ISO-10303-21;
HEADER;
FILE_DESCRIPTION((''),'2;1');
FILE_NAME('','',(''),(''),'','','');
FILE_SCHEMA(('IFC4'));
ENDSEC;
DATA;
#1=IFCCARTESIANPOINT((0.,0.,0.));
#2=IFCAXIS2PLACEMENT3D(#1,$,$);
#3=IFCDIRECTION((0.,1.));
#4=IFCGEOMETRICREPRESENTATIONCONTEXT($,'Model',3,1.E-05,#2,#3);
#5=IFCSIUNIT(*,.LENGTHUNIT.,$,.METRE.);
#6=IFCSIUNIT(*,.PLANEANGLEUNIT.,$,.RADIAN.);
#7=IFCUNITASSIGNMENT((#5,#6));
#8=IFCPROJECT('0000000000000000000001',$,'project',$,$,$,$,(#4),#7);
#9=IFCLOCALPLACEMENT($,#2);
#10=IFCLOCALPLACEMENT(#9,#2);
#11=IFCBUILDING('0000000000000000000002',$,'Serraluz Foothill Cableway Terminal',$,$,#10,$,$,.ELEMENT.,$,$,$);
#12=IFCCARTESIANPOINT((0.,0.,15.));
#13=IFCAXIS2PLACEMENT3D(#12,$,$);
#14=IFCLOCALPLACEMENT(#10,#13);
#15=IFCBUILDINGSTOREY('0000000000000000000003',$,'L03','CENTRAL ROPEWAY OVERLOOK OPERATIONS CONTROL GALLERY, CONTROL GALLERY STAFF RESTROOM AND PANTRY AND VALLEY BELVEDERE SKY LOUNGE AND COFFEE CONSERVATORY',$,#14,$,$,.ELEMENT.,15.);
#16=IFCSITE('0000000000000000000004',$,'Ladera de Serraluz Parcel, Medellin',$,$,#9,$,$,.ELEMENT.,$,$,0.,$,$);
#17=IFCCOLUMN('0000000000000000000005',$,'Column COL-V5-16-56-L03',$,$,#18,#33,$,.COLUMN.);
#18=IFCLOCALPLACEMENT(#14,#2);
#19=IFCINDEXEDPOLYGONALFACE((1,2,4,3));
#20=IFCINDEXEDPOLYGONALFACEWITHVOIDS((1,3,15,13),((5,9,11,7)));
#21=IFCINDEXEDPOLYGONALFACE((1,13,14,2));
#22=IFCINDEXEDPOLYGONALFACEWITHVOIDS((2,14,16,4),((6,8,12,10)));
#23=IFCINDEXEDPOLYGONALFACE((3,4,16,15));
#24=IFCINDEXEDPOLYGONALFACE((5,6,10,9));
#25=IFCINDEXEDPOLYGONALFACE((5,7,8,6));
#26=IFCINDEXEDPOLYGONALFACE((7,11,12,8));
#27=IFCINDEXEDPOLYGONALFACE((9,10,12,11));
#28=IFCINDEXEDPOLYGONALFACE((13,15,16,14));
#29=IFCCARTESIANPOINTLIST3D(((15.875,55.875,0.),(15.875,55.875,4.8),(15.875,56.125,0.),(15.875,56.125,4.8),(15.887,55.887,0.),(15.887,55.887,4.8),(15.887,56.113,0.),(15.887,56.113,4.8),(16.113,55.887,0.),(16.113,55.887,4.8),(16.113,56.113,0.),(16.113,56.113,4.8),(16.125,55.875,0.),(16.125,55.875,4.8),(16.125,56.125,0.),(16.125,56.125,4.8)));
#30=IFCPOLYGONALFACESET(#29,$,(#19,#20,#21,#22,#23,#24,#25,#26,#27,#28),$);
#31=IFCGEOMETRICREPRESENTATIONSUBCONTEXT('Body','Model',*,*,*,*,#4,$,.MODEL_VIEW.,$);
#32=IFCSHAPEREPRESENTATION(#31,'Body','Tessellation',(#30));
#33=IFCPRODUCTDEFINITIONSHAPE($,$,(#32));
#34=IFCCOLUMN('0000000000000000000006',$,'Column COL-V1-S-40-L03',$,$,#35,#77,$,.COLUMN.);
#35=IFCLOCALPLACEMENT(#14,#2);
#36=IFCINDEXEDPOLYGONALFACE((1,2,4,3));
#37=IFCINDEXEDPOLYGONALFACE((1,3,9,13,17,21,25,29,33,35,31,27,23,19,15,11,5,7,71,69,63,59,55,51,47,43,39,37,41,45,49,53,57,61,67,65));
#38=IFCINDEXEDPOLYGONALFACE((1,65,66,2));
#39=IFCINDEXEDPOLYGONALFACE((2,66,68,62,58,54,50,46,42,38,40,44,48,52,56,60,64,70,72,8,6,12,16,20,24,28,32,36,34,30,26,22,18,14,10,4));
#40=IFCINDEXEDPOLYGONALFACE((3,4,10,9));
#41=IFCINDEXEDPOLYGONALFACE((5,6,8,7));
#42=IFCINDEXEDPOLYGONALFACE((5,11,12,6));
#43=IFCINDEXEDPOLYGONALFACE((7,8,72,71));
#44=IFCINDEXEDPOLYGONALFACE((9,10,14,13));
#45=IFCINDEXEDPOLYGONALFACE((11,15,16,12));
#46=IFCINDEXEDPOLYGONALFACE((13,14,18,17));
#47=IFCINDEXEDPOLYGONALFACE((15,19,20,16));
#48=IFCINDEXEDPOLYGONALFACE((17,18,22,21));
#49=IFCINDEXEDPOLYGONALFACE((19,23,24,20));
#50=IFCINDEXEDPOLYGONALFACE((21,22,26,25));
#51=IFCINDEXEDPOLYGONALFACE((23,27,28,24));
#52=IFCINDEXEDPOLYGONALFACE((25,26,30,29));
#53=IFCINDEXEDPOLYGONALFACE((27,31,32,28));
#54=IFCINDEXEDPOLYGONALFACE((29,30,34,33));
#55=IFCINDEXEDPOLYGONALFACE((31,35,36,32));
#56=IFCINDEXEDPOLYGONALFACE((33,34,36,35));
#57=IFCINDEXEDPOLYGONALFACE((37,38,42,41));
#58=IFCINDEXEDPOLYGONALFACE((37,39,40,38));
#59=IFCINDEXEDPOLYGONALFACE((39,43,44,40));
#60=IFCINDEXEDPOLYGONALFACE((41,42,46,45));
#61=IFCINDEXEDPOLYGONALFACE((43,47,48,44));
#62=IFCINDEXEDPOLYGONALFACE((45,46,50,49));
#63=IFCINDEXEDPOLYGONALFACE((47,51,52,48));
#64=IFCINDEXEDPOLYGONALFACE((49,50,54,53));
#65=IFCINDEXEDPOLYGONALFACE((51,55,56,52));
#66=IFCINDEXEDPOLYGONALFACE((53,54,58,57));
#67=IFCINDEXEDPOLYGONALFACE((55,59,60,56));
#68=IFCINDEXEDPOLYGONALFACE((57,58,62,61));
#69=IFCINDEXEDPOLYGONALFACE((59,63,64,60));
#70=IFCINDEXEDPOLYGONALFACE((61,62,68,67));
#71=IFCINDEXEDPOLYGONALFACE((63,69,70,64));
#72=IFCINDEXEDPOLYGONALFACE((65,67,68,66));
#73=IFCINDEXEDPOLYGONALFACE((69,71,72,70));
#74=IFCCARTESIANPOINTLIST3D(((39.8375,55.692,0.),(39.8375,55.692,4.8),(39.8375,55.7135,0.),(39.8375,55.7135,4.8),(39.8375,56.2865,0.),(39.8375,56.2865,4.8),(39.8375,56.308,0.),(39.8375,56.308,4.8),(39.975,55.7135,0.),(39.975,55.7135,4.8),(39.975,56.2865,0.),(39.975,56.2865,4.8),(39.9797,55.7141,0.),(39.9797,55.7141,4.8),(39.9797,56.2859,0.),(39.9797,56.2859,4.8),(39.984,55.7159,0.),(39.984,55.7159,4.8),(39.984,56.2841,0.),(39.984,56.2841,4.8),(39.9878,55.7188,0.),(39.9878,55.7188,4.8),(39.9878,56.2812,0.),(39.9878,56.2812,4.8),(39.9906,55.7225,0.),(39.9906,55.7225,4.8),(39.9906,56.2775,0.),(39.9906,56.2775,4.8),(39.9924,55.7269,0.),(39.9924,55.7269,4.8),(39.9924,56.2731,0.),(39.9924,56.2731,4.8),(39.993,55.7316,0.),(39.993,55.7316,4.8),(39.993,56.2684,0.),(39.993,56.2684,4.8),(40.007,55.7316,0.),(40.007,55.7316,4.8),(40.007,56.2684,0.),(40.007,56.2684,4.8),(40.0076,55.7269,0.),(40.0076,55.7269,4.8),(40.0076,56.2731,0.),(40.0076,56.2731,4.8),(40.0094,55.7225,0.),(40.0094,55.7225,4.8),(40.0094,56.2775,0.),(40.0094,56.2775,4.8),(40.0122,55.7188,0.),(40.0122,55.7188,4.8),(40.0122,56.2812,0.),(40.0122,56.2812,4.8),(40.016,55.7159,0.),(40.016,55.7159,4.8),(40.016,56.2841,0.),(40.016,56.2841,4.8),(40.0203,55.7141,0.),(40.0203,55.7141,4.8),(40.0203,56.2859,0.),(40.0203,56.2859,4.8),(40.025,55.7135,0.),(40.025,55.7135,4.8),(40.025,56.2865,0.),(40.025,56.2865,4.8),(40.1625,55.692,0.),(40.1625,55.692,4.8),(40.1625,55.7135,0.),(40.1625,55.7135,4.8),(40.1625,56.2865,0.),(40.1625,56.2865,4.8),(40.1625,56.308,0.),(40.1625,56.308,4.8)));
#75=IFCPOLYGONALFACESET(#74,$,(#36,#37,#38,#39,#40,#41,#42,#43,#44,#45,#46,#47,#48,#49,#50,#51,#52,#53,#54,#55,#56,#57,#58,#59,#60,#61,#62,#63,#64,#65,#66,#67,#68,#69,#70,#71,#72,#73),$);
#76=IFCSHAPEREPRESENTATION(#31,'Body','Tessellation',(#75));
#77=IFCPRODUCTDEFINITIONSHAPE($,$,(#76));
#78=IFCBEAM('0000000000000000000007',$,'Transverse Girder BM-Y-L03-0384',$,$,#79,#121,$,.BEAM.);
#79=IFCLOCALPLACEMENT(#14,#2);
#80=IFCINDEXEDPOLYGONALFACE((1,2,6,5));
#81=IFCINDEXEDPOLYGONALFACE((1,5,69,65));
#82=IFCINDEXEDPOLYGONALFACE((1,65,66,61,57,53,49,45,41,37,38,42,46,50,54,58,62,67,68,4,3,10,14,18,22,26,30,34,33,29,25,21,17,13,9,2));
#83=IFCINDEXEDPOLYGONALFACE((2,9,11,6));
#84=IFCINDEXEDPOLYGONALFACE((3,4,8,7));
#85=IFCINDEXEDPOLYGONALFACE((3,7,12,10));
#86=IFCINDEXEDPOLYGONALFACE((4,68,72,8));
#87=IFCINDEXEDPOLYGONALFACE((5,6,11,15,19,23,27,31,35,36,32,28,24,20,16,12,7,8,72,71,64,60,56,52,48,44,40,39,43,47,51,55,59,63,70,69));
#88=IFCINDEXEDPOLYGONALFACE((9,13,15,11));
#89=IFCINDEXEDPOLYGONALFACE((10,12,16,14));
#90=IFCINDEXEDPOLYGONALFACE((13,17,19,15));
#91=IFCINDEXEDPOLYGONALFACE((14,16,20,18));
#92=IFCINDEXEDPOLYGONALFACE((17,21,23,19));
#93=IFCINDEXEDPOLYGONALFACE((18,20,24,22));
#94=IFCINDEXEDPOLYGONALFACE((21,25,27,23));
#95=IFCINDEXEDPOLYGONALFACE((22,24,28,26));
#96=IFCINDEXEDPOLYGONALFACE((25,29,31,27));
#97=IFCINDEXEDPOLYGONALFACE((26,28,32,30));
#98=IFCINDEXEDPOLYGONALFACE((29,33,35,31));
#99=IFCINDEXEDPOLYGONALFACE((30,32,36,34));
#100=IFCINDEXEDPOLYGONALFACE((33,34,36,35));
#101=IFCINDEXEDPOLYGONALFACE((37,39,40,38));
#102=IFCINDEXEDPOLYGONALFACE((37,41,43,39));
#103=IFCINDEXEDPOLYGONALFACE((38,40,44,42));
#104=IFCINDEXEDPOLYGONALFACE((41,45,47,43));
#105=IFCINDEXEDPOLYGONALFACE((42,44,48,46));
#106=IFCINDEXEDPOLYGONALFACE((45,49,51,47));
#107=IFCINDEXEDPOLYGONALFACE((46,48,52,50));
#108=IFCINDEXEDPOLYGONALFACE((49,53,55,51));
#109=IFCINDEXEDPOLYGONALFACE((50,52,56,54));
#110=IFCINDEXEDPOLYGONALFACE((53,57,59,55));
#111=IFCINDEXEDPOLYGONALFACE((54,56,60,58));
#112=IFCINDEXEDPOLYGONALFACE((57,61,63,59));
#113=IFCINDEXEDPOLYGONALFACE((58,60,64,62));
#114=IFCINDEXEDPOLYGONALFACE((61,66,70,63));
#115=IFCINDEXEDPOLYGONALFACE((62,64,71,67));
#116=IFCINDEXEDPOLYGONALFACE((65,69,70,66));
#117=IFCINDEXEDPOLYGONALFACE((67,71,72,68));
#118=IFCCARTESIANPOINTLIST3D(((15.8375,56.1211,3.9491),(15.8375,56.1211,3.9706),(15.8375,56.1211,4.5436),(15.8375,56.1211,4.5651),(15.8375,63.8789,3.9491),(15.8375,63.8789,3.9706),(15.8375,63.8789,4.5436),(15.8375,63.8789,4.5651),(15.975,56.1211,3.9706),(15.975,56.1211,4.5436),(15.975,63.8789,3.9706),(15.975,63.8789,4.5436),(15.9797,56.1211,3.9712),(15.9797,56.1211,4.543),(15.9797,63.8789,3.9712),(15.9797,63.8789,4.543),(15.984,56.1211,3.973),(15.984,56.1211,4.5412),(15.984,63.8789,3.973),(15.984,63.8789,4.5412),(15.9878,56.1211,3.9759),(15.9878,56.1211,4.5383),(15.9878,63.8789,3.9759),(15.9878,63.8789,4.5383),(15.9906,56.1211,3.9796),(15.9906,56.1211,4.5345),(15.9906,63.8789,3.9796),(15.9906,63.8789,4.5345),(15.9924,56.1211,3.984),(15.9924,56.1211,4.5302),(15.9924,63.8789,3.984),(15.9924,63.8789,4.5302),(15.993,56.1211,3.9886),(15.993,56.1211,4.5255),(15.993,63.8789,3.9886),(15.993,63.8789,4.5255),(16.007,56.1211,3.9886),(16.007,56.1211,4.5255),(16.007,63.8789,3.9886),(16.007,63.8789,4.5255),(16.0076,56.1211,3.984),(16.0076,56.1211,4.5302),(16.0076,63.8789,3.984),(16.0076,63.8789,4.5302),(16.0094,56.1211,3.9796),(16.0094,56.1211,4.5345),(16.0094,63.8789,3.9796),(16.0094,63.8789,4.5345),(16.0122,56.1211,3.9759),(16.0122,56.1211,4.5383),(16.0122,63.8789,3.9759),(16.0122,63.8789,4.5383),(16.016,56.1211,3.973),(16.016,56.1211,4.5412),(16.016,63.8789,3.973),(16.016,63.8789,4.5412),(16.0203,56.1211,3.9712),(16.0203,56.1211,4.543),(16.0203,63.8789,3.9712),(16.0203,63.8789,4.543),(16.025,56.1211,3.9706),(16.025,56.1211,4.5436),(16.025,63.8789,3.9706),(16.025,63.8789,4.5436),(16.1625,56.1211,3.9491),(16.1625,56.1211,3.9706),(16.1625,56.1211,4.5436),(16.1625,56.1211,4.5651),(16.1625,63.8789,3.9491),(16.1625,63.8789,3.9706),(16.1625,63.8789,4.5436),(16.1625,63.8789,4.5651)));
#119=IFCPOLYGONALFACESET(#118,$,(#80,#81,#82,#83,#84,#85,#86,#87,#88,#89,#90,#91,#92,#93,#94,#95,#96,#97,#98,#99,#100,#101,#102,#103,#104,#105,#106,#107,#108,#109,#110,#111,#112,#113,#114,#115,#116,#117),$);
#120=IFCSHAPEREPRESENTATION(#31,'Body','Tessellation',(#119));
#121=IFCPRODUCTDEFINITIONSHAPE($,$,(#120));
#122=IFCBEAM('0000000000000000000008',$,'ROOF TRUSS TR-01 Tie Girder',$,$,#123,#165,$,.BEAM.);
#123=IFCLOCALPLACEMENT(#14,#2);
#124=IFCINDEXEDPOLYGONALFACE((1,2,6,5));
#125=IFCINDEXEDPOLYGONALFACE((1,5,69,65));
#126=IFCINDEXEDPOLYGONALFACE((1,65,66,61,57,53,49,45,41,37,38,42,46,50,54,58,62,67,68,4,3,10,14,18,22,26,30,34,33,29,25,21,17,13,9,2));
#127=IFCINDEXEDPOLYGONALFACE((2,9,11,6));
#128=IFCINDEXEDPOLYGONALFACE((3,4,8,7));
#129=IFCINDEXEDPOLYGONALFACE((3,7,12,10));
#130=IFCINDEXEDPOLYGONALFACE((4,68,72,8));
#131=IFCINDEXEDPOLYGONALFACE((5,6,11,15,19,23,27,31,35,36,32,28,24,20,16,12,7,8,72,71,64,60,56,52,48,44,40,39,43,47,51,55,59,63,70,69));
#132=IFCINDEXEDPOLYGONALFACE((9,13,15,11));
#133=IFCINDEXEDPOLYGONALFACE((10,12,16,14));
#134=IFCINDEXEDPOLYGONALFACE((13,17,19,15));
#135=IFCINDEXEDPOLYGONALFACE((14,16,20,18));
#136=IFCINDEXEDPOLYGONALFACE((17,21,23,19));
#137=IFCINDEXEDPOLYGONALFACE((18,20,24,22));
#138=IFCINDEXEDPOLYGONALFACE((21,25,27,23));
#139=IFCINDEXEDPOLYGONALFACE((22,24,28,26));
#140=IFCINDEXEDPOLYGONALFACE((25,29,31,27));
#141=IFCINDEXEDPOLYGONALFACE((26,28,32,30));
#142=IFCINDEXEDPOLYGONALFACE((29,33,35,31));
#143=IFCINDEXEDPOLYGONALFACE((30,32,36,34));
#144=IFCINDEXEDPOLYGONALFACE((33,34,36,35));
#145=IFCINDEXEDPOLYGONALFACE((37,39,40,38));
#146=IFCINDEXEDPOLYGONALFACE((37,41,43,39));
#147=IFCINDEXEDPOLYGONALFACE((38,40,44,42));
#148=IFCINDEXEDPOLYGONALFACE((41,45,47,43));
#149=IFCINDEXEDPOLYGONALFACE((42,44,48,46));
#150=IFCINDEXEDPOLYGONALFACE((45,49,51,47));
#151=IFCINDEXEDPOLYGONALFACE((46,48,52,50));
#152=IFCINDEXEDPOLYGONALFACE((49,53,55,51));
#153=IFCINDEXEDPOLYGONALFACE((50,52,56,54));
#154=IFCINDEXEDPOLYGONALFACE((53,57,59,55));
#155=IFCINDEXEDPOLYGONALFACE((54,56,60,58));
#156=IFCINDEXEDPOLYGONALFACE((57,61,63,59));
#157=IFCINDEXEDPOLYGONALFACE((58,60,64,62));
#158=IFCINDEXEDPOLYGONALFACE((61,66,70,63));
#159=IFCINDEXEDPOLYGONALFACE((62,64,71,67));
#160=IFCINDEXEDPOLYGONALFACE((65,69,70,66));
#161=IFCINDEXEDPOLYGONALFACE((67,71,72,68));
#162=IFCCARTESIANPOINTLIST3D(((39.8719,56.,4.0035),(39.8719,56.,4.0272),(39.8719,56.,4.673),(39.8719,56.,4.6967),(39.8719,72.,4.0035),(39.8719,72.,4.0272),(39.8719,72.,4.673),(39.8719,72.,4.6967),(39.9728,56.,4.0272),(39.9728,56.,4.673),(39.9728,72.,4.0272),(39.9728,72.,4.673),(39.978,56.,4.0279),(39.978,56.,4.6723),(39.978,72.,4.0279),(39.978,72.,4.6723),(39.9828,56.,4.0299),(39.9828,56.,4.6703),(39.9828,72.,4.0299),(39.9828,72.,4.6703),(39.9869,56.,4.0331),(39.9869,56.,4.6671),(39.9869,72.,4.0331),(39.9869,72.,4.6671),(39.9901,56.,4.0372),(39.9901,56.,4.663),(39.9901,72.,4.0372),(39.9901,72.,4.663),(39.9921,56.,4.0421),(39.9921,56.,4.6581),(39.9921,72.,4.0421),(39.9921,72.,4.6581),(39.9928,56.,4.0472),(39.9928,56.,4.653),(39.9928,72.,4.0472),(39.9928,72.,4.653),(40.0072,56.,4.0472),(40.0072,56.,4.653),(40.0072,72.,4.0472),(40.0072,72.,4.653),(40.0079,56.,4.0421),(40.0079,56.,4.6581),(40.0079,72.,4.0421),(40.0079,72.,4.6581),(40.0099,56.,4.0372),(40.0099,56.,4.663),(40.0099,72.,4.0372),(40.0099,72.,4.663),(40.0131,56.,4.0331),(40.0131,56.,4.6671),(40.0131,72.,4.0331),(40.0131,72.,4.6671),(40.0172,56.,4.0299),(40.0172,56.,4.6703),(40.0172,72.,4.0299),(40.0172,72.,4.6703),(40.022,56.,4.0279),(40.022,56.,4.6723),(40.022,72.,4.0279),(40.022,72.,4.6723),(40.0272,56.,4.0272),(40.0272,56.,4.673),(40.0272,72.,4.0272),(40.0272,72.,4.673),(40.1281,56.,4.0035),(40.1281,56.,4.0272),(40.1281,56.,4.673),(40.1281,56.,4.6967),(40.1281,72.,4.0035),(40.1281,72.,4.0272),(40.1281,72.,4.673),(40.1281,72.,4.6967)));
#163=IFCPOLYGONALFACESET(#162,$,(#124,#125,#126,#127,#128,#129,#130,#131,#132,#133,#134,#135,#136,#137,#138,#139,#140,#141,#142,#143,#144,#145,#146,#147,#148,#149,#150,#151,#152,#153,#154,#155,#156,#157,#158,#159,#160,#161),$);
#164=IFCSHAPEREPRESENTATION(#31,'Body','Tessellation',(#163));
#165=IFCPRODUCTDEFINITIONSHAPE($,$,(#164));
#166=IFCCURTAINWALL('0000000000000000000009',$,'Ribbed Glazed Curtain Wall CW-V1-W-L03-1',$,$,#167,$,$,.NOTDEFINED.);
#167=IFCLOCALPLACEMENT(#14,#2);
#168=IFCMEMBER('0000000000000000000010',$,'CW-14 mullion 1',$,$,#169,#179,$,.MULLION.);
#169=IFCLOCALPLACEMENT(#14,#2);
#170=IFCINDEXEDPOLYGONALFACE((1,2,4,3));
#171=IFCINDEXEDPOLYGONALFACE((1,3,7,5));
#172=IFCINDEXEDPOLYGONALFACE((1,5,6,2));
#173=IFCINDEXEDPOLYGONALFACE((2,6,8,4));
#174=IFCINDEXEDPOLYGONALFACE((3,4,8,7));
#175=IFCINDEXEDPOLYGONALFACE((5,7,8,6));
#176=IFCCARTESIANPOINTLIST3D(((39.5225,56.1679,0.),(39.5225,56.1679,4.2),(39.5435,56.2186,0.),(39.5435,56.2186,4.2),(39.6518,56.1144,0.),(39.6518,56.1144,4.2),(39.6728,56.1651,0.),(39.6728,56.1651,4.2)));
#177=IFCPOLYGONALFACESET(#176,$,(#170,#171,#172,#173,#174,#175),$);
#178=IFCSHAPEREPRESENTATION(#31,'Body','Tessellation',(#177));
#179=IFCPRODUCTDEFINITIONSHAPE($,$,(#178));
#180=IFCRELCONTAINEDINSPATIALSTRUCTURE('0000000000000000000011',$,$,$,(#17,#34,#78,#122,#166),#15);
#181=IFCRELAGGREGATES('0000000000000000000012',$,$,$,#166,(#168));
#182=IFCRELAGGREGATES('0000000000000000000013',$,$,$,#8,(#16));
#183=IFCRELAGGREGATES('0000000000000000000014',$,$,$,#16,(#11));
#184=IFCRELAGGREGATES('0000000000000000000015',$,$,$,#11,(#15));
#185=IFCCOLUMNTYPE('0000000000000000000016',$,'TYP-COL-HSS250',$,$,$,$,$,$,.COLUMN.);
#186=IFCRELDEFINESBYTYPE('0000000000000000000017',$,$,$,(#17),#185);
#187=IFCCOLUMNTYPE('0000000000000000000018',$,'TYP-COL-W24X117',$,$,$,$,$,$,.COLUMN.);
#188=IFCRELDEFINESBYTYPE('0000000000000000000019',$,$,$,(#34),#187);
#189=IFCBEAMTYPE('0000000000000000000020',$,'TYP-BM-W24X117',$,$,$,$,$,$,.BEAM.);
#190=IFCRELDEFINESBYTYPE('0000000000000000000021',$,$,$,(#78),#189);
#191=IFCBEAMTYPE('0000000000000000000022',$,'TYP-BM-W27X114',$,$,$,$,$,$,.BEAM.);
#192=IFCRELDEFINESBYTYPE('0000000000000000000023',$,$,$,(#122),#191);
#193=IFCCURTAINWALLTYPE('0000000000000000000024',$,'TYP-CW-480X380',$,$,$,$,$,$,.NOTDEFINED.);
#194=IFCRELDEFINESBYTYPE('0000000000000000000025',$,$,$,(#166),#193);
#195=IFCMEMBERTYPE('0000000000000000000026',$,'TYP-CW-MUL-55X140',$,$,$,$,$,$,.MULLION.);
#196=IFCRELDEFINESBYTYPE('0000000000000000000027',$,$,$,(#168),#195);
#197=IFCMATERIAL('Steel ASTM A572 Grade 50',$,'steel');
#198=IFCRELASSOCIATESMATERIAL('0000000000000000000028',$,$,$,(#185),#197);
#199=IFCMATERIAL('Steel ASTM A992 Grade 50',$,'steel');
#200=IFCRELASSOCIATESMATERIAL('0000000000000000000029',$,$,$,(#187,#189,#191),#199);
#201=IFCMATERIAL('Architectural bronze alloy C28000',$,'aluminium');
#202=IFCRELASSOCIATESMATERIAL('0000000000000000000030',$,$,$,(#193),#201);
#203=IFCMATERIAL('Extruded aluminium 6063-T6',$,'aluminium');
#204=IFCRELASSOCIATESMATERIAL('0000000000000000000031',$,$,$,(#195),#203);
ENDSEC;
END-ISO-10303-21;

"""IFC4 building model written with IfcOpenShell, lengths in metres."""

from ifc_helpers import new_model, si_unit, direction, frame, origin, origin_2d, place, context, subcontext, project, spatial, rectangle, hollow_rectangle, i_section, extrude, material, material_profile, profile_set, type_object, element, aggregate, save


model = new_model("IFC4")

# Units and contexts
model_context = context("Model", 3, precision=1e-05, world=origin(), true_north=direction((0.0, 1.0)))
body_context = subcontext(model_context, "Body", "Model", "MODEL_VIEW")
ifc_project = project(units=[si_unit("LENGTHUNIT", "METRE"), si_unit("PLANEANGLEUNIT", "RADIAN")], contexts=[model_context])

# Site, building, storey
site_placement = place(None, origin())
site = spatial("IfcSite", under=ifc_project, at=site_placement, Name="Ladera de Serraluz Parcel, Medellin", CompositionType="ELEMENT", RefElevation=0.0)
building_placement = place(site_placement, origin())
building = spatial("IfcBuilding", under=site, at=building_placement, Name="Serraluz Foothill Cableway Terminal", CompositionType="ELEMENT")
storey_placement = place(building_placement, frame((0.0, 0.0, 15.0)))
storey = spatial("IfcBuildingStorey", under=building, at=storey_placement, Name="L03", Description="CENTRAL ROPEWAY OVERLOOK OPERATIONS CONTROL GALLERY, CONTROL GALLERY STAFF RESTROOM AND PANTRY AND VALLEY BELVEDERE SKY LOUNGE AND COFFEE CONSERVATORY", CompositionType="ELEMENT", Elevation=15.0)

# Columns
ifc_material_1 = material(Name="Steel ASTM A572 Grade 50", Category="steel")
ifc_material_profile_1 = material_profile(ifc_material_1, hollow_rectangle(XDim=0.25, YDim=0.25, WallThickness=0.012, at=origin_2d()), Name="HSS250X250X12")
ifc_profile_set_1 = profile_set([ifc_material_profile_1], Name="Steel ASTM A572 Grade 50")
column_type_1 = type_object("IfcColumnType", Name="TYP-COL-HSS250", PredefinedType="COLUMN", material=ifc_profile_set_1)
column_1_placement = place(storey_placement, frame((16.0, 56.0, 0.0), z_axis=(0.0, 0.0, 1.0), x_axis=(1.0, 0.0, 0.0)))
element("IfcColumn", 1, at=column_1_placement, inside=storey, type_object=column_type_1, Name="Column COL-V5-16-56-L03", PredefinedType="COLUMN", context=body_context, shape_type="SweptSolid", body=[
    extrude(hollow_rectangle(XDim=0.25, YDim=0.25, WallThickness=0.012, at=origin_2d()), origin(), (0.0, 0.0, 1.0), 4.8),
])
ifc_material_2 = material(Name="Steel ASTM A992 Grade 50", Category="steel")
ifc_material_profile_2 = material_profile(ifc_material_2, i_section(OverallWidth=0.325, OverallDepth=0.616, WebThickness=0.0139, FlangeThickness=0.0215, FilletRadius=0.0181, at=origin_2d()), Name="W24X117")
ifc_profile_set_2 = profile_set([ifc_material_profile_2], Name="Steel ASTM A992 Grade 50")
column_type_2 = type_object("IfcColumnType", Name="TYP-COL-W24X117", PredefinedType="COLUMN", material=ifc_profile_set_2)
column_2_placement = place(storey_placement, frame((40.0, 56.0, 0.0), z_axis=(0.0, 0.0, 1.0), x_axis=(1.0, 0.0, 0.0)))
element("IfcColumn", 2, at=column_2_placement, inside=storey, type_object=column_type_2, Name="Column COL-V1-S-40-L03", PredefinedType="COLUMN", context=body_context, shape_type="SweptSolid", body=[
    extrude(i_section(OverallWidth=0.325, OverallDepth=0.616, WebThickness=0.0139, FlangeThickness=0.0215, FilletRadius=0.0181, at=origin_2d()), origin(), (0.0, 0.0, 1.0), 4.8),
])

# Beams
ifc_material_profile_3 = material_profile(ifc_material_2, i_section(OverallWidth=0.325, OverallDepth=0.616, WebThickness=0.0139, FlangeThickness=0.0215, FilletRadius=0.0181, at=origin_2d()), Name="W24X117")
ifc_profile_set_3 = profile_set([ifc_material_profile_3], Name="Steel ASTM A992 Grade 50")
beam_type_1 = type_object("IfcBeamType", Name="TYP-BM-W24X117", PredefinedType="BEAM", material=ifc_profile_set_3)
beam_1_placement = place(storey_placement, frame((16.0, 56.1211, 4.2571), z_axis=(0.0, 1.0, 0.0), x_axis=(-1.0, 0.0, 0.0)))
element("IfcBeam", 3, at=beam_1_placement, inside=storey, type_object=beam_type_1, Name="Transverse Girder BM-Y-L03-0384", PredefinedType="BEAM", context=body_context, shape_type="SweptSolid", body=[
    extrude(i_section(OverallWidth=0.325, OverallDepth=0.616, WebThickness=0.0139, FlangeThickness=0.0215, FilletRadius=0.0181, at=origin_2d()), origin(), (0.0, 0.0, 1.0), 7.7578),
])
ifc_material_profile_4 = material_profile(ifc_material_2, i_section(OverallWidth=0.2561, OverallDepth=0.6931, WebThickness=0.0144, FlangeThickness=0.0237, FilletRadius=0.02, at=origin_2d()), Name="W27X114")
ifc_profile_set_4 = profile_set([ifc_material_profile_4], Name="Steel ASTM A992 Grade 50")
beam_type_2 = type_object("IfcBeamType", Name="TYP-BM-W27X114", PredefinedType="BEAM", material=ifc_profile_set_4)
beam_2_placement = place(storey_placement, frame((40.0, 56.0, 4.3501), z_axis=(0.0, 1.0, 0.0), x_axis=(-1.0, 0.0, 0.0)))
element("IfcBeam", 4, at=beam_2_placement, inside=storey, type_object=beam_type_2, Name="ROOF TRUSS TR-01 Tie Girder", PredefinedType="BEAM", context=body_context, shape_type="SweptSolid", body=[
    extrude(i_section(OverallWidth=0.2561, OverallDepth=0.6931, WebThickness=0.0144, FlangeThickness=0.0237, FilletRadius=0.02, at=origin_2d()), origin(), (0.0, 0.0, 1.0), 16.0),
])

# Curtain wall, member
ifc_material_3 = material(Name="Architectural bronze alloy C28000", Category="aluminium")
curtain_wall_type_1 = type_object("IfcCurtainWallType", Name="TYP-CW-480X380", PredefinedType="NOTDEFINED", material=ifc_material_3)
curtain_wall_1_placement = place(storey_placement, origin())
curtain_wall_1 = element("IfcCurtainWall", 5, at=curtain_wall_1_placement, inside=storey, type_object=curtain_wall_type_1, Name="Ribbed Glazed Curtain Wall CW-V1-W-L03-1", PredefinedType="NOTDEFINED")
ifc_material_4 = material(Name="Extruded aluminium 6063-T6", Category="aluminium")
ifc_material_profile_5 = material_profile(ifc_material_4, rectangle(XDim=0.0549, YDim=0.1399, at=origin_2d()), Name="ALU MULLION 55x140")
ifc_profile_set_5 = profile_set([ifc_material_profile_5], Name="Extruded aluminium 6063-T6")
member_type_1 = type_object("IfcMemberType", Name="TYP-CW-MUL-55X140", PredefinedType="MULLION", material=ifc_profile_set_5)
member_1_placement = place(storey_placement, frame((39.5977, 56.1665, 0.0), z_axis=(0.0, 0.0, 1.0), x_axis=(-0.382682, -0.92388, 0.0)))
member_1 = element("IfcMember", 6, at=member_1_placement, type_object=member_type_1, Name="CW-14 mullion 1", PredefinedType="MULLION", context=body_context, shape_type="SweptSolid", body=[
    extrude(rectangle(XDim=0.0549, YDim=0.1399, at=origin_2d()), origin(), (0.0, 0.0, 1.0), 4.2),
])

aggregate(curtain_wall_1, [member_1])

save(model, "model.ifc")
